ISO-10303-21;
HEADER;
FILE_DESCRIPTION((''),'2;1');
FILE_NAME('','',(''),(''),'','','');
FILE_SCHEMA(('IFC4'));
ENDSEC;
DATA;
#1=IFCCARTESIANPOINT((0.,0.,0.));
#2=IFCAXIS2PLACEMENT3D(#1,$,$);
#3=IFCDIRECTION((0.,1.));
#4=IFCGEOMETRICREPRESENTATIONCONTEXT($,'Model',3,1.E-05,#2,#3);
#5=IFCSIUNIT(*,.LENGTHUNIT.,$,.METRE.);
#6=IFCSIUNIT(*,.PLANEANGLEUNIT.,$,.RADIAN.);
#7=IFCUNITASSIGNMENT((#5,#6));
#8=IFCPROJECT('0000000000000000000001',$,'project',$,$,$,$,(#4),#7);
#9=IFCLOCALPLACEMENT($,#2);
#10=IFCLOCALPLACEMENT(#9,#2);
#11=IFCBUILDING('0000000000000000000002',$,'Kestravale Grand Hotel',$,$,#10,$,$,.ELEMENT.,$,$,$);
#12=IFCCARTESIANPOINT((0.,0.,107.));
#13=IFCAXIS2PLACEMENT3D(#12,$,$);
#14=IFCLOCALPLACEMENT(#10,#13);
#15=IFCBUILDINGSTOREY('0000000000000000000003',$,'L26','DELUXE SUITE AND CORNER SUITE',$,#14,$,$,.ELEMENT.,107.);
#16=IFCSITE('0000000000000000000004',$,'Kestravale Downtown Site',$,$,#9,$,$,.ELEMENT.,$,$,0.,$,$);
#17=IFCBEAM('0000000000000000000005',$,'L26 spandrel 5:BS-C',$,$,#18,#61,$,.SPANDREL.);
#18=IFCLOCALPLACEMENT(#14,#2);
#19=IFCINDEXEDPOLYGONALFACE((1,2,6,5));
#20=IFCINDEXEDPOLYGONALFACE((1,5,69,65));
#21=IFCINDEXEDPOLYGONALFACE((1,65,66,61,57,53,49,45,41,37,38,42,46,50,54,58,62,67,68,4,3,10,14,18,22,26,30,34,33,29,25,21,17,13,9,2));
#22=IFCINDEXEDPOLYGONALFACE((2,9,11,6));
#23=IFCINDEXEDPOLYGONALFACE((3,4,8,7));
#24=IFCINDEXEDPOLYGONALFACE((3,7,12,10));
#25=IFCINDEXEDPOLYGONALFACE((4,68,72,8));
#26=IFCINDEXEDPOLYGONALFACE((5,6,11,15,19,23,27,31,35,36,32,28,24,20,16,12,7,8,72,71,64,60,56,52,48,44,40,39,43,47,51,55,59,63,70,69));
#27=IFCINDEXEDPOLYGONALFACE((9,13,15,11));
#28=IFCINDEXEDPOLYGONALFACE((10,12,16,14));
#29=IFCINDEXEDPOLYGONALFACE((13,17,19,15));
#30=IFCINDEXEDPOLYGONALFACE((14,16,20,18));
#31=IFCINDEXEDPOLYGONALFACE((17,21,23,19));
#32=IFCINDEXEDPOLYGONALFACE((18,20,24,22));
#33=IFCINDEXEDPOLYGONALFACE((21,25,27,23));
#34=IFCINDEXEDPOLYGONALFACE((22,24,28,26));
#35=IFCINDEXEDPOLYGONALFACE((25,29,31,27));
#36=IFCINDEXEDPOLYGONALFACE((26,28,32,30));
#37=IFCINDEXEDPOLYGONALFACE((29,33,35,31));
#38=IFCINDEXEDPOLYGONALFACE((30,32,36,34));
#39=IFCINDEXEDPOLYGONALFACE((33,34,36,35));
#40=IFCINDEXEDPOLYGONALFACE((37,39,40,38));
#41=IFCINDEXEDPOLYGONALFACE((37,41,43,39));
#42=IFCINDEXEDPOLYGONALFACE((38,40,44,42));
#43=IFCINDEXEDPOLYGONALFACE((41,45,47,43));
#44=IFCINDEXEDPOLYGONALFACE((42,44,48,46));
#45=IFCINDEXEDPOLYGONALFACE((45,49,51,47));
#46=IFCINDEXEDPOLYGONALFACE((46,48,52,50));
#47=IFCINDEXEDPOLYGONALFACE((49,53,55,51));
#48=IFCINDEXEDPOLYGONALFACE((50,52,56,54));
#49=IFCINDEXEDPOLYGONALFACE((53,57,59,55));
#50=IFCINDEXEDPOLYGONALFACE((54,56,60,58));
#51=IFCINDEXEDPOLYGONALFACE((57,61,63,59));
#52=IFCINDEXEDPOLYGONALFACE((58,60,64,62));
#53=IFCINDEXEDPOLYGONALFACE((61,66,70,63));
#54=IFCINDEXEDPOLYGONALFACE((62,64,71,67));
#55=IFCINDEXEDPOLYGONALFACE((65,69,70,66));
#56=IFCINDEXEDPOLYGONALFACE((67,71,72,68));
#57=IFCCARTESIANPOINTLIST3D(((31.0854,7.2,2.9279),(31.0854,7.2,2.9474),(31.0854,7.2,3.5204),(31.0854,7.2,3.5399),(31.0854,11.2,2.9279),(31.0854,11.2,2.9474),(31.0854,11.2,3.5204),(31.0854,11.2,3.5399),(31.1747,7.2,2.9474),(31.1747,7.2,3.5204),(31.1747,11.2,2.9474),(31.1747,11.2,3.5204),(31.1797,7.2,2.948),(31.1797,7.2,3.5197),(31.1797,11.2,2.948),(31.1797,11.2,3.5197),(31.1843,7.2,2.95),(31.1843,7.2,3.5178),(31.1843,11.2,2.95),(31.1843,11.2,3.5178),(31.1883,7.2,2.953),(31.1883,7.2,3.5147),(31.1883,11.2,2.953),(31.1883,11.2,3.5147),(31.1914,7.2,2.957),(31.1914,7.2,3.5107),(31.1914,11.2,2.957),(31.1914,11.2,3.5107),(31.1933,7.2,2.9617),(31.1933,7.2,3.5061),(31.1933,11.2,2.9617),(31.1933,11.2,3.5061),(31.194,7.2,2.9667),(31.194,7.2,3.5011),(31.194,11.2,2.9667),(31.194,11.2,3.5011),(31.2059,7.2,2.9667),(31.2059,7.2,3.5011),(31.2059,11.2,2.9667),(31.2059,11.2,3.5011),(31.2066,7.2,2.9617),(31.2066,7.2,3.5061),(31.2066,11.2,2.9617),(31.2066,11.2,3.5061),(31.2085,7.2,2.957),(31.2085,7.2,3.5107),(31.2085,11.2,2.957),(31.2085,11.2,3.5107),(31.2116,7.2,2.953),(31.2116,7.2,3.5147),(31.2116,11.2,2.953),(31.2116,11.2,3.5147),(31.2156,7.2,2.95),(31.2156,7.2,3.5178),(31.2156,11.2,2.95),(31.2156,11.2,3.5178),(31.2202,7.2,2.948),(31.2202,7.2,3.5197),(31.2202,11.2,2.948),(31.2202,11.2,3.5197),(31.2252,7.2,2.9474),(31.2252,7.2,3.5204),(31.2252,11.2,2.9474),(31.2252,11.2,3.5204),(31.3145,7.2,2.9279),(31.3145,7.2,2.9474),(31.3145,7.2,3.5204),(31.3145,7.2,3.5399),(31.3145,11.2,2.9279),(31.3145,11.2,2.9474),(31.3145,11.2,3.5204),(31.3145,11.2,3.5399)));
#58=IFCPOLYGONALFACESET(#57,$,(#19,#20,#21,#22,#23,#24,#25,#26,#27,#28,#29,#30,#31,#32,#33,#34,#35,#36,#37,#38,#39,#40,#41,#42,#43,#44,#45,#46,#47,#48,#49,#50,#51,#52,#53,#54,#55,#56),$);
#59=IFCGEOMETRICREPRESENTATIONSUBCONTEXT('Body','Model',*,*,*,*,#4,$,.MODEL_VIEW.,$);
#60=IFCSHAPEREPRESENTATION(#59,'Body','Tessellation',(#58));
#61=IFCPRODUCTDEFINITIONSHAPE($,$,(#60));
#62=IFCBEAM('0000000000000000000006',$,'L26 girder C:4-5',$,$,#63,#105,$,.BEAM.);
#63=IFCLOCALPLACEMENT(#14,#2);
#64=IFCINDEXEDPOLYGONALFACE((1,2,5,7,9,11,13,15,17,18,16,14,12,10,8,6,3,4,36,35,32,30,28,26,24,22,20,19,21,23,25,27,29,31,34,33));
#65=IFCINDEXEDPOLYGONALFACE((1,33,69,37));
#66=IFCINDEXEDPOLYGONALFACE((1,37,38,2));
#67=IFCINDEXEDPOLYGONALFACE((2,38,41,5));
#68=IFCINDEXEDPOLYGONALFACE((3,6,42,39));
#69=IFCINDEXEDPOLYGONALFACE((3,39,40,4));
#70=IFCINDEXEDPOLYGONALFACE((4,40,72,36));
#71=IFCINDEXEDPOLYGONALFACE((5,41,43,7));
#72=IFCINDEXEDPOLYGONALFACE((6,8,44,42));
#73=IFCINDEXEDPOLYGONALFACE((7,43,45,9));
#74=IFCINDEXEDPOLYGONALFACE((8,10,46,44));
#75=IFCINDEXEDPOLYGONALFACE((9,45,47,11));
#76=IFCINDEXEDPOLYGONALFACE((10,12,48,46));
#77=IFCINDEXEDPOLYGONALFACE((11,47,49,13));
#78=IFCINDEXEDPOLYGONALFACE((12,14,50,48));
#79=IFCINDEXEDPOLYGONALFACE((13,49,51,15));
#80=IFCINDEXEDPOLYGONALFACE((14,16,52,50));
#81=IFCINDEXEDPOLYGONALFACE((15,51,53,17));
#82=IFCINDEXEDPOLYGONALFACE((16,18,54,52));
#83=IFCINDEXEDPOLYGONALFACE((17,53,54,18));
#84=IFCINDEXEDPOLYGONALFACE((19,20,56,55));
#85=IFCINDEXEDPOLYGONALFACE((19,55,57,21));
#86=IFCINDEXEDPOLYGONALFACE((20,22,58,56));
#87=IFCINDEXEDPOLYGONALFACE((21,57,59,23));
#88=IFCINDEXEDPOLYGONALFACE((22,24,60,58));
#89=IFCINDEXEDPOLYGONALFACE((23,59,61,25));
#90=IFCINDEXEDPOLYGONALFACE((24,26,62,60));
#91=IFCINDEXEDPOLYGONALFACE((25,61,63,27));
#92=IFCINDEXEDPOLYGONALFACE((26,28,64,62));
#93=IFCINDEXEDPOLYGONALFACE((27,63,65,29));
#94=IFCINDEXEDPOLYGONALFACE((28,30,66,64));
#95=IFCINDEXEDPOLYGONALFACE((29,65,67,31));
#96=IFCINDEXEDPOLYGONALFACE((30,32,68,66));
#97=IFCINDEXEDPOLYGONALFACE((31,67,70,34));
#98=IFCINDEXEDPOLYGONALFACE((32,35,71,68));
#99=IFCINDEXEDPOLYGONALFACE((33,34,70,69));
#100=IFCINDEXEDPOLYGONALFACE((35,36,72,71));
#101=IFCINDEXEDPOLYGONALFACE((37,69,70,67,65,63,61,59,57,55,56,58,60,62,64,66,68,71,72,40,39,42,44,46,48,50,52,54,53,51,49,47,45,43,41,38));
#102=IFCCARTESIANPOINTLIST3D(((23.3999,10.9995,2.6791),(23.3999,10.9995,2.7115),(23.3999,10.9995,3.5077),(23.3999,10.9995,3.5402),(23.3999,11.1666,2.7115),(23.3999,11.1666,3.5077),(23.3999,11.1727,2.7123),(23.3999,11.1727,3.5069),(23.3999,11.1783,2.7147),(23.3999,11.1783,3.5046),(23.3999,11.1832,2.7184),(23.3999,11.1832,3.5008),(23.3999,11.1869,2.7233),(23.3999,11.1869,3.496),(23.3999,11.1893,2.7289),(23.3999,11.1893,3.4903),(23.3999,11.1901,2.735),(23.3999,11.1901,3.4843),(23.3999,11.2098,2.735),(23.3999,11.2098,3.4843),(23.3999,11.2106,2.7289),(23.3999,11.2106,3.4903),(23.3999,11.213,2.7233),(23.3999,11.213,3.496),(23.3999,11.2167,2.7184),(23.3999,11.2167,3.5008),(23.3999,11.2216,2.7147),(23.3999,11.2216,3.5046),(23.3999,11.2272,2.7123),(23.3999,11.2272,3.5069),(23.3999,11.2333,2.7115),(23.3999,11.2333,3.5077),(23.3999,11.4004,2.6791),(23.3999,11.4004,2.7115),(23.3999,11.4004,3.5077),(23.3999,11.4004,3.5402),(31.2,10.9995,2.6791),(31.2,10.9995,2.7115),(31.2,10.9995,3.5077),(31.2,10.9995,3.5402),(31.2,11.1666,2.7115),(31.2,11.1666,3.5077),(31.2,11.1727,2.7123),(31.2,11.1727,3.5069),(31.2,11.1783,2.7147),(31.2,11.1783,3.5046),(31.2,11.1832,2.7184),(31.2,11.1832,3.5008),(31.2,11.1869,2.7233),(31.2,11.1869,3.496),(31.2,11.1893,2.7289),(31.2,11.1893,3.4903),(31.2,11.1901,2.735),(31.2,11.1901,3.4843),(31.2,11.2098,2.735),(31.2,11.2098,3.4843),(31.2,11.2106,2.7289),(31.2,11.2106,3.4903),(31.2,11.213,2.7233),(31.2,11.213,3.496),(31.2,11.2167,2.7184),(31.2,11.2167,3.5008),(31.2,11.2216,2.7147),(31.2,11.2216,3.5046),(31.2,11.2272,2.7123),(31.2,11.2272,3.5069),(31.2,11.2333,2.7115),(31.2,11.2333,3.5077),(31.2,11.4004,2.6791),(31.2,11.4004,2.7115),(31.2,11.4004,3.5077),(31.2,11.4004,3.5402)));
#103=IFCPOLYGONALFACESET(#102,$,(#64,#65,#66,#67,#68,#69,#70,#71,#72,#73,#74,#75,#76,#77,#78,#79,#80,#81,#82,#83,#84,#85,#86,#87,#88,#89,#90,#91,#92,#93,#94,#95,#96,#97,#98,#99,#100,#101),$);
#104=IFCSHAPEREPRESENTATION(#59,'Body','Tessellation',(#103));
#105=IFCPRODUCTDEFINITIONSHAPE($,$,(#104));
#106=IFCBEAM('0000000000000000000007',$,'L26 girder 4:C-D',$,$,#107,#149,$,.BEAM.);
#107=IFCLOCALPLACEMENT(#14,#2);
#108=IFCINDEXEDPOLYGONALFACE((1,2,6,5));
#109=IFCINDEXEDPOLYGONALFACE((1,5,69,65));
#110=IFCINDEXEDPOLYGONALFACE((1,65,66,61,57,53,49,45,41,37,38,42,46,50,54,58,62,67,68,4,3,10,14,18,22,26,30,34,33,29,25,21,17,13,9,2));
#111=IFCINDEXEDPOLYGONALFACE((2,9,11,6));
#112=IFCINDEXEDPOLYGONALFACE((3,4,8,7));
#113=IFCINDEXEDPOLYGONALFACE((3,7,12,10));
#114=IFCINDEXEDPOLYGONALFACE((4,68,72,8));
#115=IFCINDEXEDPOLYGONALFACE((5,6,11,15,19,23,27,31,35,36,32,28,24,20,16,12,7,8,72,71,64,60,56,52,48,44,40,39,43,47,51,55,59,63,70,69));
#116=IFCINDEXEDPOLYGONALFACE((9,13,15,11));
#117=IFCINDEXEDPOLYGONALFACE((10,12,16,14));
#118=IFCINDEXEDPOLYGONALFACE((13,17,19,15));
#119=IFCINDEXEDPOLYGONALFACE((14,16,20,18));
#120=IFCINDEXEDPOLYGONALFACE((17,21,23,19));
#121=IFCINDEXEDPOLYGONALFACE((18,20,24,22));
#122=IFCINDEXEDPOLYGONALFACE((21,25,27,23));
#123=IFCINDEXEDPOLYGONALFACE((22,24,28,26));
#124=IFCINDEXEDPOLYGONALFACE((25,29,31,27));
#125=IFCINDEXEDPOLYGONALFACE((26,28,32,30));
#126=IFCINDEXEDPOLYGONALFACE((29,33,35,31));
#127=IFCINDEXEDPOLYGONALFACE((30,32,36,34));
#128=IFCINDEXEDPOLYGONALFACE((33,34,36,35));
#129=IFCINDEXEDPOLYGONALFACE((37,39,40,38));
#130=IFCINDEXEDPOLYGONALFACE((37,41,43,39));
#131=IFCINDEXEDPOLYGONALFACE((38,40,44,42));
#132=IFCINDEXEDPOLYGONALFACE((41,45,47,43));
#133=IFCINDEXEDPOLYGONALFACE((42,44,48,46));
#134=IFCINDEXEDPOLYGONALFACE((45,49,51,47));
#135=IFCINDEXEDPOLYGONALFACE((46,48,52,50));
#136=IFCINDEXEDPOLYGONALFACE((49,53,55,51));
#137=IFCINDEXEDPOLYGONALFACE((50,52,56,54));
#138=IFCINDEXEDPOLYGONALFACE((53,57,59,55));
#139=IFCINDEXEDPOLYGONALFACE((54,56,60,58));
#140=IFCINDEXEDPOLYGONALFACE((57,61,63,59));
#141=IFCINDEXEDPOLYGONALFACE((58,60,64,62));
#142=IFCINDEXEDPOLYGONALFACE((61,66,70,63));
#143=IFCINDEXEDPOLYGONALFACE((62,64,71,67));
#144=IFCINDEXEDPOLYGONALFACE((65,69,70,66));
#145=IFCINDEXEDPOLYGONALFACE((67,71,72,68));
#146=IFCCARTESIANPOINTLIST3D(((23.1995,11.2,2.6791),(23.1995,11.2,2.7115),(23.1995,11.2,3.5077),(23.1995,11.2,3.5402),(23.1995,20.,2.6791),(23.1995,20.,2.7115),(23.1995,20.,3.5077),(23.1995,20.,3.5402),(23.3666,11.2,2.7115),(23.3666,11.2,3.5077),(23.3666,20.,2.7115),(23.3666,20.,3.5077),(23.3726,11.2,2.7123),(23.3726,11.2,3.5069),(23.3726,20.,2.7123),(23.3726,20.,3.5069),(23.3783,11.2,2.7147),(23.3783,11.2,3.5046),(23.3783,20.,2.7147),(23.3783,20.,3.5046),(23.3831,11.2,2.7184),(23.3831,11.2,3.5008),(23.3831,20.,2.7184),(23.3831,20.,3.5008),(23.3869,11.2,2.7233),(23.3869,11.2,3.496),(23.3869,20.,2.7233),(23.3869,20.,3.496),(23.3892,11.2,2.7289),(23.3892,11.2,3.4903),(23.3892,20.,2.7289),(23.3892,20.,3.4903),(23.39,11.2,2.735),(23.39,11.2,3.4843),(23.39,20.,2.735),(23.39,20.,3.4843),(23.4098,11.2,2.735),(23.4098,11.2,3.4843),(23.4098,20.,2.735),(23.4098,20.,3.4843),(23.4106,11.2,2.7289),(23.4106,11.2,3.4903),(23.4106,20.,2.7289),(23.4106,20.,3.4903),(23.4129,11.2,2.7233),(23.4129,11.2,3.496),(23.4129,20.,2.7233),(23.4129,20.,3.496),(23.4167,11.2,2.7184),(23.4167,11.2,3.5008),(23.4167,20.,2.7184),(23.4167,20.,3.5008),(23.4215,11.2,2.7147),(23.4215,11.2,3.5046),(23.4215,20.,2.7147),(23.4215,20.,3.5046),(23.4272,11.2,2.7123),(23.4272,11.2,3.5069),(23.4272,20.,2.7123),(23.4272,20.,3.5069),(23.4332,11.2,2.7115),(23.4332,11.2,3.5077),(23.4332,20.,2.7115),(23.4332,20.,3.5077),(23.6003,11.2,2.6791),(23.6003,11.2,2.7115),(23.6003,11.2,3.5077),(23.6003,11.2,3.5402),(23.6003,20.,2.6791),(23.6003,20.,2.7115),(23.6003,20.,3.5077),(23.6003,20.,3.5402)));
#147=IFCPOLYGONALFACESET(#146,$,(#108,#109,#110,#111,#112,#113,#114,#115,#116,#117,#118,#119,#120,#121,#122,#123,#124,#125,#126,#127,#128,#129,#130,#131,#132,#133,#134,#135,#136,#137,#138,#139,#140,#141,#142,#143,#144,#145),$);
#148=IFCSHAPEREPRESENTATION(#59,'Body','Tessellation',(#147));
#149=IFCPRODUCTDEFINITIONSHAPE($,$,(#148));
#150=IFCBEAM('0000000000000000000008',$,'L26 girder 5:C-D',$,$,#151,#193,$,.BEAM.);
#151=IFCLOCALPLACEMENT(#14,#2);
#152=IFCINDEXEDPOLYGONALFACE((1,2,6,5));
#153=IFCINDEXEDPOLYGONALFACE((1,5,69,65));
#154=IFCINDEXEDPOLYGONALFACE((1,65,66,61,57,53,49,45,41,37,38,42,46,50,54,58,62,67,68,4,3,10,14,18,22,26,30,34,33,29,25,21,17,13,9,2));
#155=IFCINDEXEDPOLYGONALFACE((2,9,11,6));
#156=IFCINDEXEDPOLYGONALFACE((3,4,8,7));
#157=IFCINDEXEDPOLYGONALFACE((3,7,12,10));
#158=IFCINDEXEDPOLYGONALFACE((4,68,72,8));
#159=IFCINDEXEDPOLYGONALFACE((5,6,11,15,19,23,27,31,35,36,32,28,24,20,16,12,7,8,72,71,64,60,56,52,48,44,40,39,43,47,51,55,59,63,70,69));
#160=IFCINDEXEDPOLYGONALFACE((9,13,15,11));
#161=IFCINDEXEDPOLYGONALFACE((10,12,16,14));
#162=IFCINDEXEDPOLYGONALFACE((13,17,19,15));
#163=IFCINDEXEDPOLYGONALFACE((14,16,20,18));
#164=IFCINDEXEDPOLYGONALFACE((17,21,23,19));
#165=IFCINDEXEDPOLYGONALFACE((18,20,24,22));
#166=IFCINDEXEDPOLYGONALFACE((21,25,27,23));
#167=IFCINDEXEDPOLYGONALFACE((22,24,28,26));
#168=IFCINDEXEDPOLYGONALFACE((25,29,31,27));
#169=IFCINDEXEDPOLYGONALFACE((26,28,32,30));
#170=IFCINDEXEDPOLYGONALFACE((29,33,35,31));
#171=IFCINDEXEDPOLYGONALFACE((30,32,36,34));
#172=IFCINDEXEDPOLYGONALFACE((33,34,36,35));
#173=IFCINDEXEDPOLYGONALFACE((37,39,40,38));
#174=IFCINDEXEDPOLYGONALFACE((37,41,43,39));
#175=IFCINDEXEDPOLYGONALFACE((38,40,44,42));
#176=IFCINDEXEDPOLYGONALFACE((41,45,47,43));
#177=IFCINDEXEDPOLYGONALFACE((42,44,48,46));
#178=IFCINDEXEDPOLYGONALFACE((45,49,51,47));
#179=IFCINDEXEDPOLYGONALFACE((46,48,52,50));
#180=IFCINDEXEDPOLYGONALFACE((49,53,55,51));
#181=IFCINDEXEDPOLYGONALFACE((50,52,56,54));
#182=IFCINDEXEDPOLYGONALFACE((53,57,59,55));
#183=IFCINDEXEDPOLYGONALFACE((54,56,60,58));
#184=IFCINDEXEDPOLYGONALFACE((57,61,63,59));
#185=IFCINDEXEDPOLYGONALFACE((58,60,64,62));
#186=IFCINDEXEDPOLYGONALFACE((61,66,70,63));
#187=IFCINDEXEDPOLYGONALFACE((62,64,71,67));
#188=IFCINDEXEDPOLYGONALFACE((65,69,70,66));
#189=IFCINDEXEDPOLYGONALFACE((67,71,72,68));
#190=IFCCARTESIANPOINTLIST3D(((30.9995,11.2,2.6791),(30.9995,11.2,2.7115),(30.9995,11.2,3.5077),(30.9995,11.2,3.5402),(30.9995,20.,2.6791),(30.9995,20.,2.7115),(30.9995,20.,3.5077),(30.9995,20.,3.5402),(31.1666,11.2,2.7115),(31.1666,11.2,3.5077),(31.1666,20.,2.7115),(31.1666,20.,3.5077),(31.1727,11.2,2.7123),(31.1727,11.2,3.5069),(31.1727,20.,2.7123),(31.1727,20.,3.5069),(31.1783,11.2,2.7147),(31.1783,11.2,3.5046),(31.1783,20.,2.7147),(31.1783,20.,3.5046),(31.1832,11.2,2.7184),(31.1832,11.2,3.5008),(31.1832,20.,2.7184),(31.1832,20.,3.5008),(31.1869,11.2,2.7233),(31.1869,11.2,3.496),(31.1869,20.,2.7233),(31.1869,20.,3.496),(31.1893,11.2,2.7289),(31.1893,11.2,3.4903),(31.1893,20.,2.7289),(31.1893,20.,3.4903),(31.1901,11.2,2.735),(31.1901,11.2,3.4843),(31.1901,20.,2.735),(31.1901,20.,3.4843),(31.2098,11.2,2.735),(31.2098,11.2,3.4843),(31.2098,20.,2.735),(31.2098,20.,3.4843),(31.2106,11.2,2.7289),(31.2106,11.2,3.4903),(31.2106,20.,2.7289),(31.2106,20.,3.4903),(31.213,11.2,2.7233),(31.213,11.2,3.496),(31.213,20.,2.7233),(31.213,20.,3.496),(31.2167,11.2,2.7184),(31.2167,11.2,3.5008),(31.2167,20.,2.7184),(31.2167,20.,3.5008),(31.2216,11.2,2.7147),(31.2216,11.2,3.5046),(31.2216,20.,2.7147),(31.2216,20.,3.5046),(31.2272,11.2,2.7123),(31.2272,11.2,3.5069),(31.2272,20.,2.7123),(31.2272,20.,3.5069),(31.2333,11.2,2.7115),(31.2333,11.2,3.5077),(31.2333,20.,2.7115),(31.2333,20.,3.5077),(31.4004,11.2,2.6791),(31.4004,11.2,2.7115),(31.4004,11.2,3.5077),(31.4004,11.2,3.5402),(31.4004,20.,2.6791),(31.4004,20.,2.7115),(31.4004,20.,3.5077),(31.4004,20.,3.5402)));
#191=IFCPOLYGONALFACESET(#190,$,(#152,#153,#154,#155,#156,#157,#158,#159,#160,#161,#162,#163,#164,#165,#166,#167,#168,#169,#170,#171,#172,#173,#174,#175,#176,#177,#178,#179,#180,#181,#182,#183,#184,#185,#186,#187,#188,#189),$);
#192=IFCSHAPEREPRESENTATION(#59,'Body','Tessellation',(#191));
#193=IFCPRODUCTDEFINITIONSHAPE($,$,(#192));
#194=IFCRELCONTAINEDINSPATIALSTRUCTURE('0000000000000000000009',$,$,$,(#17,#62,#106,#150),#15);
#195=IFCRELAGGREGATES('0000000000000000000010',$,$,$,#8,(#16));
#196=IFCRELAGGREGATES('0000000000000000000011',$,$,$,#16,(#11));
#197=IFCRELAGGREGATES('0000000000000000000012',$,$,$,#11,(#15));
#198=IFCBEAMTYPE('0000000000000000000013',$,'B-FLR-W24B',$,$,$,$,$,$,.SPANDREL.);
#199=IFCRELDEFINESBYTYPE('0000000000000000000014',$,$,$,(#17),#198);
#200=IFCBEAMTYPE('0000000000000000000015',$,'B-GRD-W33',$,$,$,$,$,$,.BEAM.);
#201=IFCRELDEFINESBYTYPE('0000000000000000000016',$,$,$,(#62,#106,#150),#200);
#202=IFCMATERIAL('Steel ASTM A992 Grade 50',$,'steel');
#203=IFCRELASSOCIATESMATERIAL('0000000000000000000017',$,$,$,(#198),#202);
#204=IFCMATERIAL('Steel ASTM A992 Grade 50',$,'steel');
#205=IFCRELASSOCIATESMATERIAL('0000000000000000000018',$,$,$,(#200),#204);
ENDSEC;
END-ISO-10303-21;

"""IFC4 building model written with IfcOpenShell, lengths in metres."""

from ifc_helpers import new_model, si_unit, direction, frame, origin, origin_2d, place, context, subcontext, project, spatial, i_section, extrude, material, material_profile, profile_set, type_object, element, save


model = new_model("IFC4")

# Units and contexts
model_context = context("Model", 3, precision=1e-05, world=origin(), true_north=direction((0.0, 1.0)))
body_context = subcontext(model_context, "Body", "Model", "MODEL_VIEW")
ifc_project = project(units=[si_unit("LENGTHUNIT", "METRE"), si_unit("PLANEANGLEUNIT", "RADIAN")], contexts=[model_context])

# Site, building, storey
site_placement = place(None, origin())
site = spatial("IfcSite", under=ifc_project, at=site_placement, Name="Kestravale Downtown Site", CompositionType="ELEMENT", RefElevation=0.0)
building_placement = place(site_placement, origin())
building = spatial("IfcBuilding", under=site, at=building_placement, Name="Kestravale Grand Hotel", CompositionType="ELEMENT")
storey_placement = place(building_placement, frame((0.0, 0.0, 107.0)))
storey = spatial("IfcBuildingStorey", under=building, at=storey_placement, Name="L26", Description="DELUXE SUITE AND CORNER SUITE", CompositionType="ELEMENT", Elevation=107.0)

# Beams
ifc_material_1 = material(Name="Steel ASTM A992 Grade 50", Category="steel")
ifc_material_profile_1 = material_profile(ifc_material_1, i_section(OverallWidth=0.229, OverallDepth=0.6121, WebThickness=0.012, FlangeThickness=0.0195, FilletRadius=0.0193, at=origin_2d()))
ifc_profile_set_1 = profile_set([ifc_material_profile_1], Name="Steel ASTM A992 Grade 50")
beam_type_1 = type_object("IfcBeamType", Name="B-FLR-W24B", PredefinedType="SPANDREL", material=ifc_profile_set_1)
beam_1_placement = place(storey_placement, frame((31.2, 7.2, 3.2339), z_axis=(0.0, 1.0, 0.0), x_axis=(-1.0, 0.0, 0.0)))
element("IfcBeam", 1, at=beam_1_placement, inside=storey, type_object=beam_type_1, Name="L26 spandrel 5:BS-C", PredefinedType="SPANDREL", context=body_context, shape_type="SweptSolid", body=[
    extrude(i_section(OverallWidth=0.229, OverallDepth=0.6121, WebThickness=0.012, FlangeThickness=0.0195, FilletRadius=0.0193, at=origin_2d()), origin(), (0.0, 0.0, 1.0), 4.0),
])
ifc_material_2 = material(Name="Steel ASTM A992 Grade 50", Category="steel")
ifc_material_profile_2 = material_profile(ifc_material_2, i_section(OverallWidth=0.4009, OverallDepth=0.8611, WebThickness=0.0198, FlangeThickness=0.0325, FilletRadius=0.0234, at=origin_2d()))
ifc_profile_set_2 = profile_set([ifc_material_profile_2], Name="Steel ASTM A992 Grade 50")
beam_type_2 = type_object("IfcBeamType", Name="B-GRD-W33", PredefinedType="BEAM", material=ifc_profile_set_2)
beam_2_placement = place(storey_placement, frame((23.3999, 11.2, 3.1096), z_axis=(1.0, 0.0, 0.0), x_axis=(0.0, 1.0, 0.0)))
element("IfcBeam", 2, at=beam_2_placement, inside=storey, type_object=beam_type_2, Name="L26 girder C:4-5", PredefinedType="BEAM", context=body_context, shape_type="SweptSolid", body=[
    extrude(i_section(OverallWidth=0.4009, OverallDepth=0.8611, WebThickness=0.0198, FlangeThickness=0.0325, FilletRadius=0.0234, at=origin_2d()), origin(), (0.0, 0.0, 1.0), 7.8),
])
for number, where, z_axis, x_axis, name in (
    (3, (23.3999, 11.2, 3.1096), (0.0, 1.0, 0.0), (-1.0, 0.0, 0.0), "L26 girder 4:C-D"),
    (4, (31.2, 11.2, 3.1096), (0.0, 1.0, 0.0), (-1.0, 0.0, 0.0), "L26 girder 5:C-D"),
):
    element("IfcBeam", number, at=place(storey_placement, frame(where, z_axis=z_axis, x_axis=x_axis)), inside=storey, type_object=beam_type_2, Name=name, PredefinedType="BEAM", context=body_context, shape_type="SweptSolid", body=[
        extrude(i_section(OverallWidth=0.4009, OverallDepth=0.8611, WebThickness=0.0198, FlangeThickness=0.0325, FilletRadius=0.0234, at=origin_2d()), origin(), (0.0, 0.0, 1.0), 8.8),
    ])

save(model, "model.ifc")
